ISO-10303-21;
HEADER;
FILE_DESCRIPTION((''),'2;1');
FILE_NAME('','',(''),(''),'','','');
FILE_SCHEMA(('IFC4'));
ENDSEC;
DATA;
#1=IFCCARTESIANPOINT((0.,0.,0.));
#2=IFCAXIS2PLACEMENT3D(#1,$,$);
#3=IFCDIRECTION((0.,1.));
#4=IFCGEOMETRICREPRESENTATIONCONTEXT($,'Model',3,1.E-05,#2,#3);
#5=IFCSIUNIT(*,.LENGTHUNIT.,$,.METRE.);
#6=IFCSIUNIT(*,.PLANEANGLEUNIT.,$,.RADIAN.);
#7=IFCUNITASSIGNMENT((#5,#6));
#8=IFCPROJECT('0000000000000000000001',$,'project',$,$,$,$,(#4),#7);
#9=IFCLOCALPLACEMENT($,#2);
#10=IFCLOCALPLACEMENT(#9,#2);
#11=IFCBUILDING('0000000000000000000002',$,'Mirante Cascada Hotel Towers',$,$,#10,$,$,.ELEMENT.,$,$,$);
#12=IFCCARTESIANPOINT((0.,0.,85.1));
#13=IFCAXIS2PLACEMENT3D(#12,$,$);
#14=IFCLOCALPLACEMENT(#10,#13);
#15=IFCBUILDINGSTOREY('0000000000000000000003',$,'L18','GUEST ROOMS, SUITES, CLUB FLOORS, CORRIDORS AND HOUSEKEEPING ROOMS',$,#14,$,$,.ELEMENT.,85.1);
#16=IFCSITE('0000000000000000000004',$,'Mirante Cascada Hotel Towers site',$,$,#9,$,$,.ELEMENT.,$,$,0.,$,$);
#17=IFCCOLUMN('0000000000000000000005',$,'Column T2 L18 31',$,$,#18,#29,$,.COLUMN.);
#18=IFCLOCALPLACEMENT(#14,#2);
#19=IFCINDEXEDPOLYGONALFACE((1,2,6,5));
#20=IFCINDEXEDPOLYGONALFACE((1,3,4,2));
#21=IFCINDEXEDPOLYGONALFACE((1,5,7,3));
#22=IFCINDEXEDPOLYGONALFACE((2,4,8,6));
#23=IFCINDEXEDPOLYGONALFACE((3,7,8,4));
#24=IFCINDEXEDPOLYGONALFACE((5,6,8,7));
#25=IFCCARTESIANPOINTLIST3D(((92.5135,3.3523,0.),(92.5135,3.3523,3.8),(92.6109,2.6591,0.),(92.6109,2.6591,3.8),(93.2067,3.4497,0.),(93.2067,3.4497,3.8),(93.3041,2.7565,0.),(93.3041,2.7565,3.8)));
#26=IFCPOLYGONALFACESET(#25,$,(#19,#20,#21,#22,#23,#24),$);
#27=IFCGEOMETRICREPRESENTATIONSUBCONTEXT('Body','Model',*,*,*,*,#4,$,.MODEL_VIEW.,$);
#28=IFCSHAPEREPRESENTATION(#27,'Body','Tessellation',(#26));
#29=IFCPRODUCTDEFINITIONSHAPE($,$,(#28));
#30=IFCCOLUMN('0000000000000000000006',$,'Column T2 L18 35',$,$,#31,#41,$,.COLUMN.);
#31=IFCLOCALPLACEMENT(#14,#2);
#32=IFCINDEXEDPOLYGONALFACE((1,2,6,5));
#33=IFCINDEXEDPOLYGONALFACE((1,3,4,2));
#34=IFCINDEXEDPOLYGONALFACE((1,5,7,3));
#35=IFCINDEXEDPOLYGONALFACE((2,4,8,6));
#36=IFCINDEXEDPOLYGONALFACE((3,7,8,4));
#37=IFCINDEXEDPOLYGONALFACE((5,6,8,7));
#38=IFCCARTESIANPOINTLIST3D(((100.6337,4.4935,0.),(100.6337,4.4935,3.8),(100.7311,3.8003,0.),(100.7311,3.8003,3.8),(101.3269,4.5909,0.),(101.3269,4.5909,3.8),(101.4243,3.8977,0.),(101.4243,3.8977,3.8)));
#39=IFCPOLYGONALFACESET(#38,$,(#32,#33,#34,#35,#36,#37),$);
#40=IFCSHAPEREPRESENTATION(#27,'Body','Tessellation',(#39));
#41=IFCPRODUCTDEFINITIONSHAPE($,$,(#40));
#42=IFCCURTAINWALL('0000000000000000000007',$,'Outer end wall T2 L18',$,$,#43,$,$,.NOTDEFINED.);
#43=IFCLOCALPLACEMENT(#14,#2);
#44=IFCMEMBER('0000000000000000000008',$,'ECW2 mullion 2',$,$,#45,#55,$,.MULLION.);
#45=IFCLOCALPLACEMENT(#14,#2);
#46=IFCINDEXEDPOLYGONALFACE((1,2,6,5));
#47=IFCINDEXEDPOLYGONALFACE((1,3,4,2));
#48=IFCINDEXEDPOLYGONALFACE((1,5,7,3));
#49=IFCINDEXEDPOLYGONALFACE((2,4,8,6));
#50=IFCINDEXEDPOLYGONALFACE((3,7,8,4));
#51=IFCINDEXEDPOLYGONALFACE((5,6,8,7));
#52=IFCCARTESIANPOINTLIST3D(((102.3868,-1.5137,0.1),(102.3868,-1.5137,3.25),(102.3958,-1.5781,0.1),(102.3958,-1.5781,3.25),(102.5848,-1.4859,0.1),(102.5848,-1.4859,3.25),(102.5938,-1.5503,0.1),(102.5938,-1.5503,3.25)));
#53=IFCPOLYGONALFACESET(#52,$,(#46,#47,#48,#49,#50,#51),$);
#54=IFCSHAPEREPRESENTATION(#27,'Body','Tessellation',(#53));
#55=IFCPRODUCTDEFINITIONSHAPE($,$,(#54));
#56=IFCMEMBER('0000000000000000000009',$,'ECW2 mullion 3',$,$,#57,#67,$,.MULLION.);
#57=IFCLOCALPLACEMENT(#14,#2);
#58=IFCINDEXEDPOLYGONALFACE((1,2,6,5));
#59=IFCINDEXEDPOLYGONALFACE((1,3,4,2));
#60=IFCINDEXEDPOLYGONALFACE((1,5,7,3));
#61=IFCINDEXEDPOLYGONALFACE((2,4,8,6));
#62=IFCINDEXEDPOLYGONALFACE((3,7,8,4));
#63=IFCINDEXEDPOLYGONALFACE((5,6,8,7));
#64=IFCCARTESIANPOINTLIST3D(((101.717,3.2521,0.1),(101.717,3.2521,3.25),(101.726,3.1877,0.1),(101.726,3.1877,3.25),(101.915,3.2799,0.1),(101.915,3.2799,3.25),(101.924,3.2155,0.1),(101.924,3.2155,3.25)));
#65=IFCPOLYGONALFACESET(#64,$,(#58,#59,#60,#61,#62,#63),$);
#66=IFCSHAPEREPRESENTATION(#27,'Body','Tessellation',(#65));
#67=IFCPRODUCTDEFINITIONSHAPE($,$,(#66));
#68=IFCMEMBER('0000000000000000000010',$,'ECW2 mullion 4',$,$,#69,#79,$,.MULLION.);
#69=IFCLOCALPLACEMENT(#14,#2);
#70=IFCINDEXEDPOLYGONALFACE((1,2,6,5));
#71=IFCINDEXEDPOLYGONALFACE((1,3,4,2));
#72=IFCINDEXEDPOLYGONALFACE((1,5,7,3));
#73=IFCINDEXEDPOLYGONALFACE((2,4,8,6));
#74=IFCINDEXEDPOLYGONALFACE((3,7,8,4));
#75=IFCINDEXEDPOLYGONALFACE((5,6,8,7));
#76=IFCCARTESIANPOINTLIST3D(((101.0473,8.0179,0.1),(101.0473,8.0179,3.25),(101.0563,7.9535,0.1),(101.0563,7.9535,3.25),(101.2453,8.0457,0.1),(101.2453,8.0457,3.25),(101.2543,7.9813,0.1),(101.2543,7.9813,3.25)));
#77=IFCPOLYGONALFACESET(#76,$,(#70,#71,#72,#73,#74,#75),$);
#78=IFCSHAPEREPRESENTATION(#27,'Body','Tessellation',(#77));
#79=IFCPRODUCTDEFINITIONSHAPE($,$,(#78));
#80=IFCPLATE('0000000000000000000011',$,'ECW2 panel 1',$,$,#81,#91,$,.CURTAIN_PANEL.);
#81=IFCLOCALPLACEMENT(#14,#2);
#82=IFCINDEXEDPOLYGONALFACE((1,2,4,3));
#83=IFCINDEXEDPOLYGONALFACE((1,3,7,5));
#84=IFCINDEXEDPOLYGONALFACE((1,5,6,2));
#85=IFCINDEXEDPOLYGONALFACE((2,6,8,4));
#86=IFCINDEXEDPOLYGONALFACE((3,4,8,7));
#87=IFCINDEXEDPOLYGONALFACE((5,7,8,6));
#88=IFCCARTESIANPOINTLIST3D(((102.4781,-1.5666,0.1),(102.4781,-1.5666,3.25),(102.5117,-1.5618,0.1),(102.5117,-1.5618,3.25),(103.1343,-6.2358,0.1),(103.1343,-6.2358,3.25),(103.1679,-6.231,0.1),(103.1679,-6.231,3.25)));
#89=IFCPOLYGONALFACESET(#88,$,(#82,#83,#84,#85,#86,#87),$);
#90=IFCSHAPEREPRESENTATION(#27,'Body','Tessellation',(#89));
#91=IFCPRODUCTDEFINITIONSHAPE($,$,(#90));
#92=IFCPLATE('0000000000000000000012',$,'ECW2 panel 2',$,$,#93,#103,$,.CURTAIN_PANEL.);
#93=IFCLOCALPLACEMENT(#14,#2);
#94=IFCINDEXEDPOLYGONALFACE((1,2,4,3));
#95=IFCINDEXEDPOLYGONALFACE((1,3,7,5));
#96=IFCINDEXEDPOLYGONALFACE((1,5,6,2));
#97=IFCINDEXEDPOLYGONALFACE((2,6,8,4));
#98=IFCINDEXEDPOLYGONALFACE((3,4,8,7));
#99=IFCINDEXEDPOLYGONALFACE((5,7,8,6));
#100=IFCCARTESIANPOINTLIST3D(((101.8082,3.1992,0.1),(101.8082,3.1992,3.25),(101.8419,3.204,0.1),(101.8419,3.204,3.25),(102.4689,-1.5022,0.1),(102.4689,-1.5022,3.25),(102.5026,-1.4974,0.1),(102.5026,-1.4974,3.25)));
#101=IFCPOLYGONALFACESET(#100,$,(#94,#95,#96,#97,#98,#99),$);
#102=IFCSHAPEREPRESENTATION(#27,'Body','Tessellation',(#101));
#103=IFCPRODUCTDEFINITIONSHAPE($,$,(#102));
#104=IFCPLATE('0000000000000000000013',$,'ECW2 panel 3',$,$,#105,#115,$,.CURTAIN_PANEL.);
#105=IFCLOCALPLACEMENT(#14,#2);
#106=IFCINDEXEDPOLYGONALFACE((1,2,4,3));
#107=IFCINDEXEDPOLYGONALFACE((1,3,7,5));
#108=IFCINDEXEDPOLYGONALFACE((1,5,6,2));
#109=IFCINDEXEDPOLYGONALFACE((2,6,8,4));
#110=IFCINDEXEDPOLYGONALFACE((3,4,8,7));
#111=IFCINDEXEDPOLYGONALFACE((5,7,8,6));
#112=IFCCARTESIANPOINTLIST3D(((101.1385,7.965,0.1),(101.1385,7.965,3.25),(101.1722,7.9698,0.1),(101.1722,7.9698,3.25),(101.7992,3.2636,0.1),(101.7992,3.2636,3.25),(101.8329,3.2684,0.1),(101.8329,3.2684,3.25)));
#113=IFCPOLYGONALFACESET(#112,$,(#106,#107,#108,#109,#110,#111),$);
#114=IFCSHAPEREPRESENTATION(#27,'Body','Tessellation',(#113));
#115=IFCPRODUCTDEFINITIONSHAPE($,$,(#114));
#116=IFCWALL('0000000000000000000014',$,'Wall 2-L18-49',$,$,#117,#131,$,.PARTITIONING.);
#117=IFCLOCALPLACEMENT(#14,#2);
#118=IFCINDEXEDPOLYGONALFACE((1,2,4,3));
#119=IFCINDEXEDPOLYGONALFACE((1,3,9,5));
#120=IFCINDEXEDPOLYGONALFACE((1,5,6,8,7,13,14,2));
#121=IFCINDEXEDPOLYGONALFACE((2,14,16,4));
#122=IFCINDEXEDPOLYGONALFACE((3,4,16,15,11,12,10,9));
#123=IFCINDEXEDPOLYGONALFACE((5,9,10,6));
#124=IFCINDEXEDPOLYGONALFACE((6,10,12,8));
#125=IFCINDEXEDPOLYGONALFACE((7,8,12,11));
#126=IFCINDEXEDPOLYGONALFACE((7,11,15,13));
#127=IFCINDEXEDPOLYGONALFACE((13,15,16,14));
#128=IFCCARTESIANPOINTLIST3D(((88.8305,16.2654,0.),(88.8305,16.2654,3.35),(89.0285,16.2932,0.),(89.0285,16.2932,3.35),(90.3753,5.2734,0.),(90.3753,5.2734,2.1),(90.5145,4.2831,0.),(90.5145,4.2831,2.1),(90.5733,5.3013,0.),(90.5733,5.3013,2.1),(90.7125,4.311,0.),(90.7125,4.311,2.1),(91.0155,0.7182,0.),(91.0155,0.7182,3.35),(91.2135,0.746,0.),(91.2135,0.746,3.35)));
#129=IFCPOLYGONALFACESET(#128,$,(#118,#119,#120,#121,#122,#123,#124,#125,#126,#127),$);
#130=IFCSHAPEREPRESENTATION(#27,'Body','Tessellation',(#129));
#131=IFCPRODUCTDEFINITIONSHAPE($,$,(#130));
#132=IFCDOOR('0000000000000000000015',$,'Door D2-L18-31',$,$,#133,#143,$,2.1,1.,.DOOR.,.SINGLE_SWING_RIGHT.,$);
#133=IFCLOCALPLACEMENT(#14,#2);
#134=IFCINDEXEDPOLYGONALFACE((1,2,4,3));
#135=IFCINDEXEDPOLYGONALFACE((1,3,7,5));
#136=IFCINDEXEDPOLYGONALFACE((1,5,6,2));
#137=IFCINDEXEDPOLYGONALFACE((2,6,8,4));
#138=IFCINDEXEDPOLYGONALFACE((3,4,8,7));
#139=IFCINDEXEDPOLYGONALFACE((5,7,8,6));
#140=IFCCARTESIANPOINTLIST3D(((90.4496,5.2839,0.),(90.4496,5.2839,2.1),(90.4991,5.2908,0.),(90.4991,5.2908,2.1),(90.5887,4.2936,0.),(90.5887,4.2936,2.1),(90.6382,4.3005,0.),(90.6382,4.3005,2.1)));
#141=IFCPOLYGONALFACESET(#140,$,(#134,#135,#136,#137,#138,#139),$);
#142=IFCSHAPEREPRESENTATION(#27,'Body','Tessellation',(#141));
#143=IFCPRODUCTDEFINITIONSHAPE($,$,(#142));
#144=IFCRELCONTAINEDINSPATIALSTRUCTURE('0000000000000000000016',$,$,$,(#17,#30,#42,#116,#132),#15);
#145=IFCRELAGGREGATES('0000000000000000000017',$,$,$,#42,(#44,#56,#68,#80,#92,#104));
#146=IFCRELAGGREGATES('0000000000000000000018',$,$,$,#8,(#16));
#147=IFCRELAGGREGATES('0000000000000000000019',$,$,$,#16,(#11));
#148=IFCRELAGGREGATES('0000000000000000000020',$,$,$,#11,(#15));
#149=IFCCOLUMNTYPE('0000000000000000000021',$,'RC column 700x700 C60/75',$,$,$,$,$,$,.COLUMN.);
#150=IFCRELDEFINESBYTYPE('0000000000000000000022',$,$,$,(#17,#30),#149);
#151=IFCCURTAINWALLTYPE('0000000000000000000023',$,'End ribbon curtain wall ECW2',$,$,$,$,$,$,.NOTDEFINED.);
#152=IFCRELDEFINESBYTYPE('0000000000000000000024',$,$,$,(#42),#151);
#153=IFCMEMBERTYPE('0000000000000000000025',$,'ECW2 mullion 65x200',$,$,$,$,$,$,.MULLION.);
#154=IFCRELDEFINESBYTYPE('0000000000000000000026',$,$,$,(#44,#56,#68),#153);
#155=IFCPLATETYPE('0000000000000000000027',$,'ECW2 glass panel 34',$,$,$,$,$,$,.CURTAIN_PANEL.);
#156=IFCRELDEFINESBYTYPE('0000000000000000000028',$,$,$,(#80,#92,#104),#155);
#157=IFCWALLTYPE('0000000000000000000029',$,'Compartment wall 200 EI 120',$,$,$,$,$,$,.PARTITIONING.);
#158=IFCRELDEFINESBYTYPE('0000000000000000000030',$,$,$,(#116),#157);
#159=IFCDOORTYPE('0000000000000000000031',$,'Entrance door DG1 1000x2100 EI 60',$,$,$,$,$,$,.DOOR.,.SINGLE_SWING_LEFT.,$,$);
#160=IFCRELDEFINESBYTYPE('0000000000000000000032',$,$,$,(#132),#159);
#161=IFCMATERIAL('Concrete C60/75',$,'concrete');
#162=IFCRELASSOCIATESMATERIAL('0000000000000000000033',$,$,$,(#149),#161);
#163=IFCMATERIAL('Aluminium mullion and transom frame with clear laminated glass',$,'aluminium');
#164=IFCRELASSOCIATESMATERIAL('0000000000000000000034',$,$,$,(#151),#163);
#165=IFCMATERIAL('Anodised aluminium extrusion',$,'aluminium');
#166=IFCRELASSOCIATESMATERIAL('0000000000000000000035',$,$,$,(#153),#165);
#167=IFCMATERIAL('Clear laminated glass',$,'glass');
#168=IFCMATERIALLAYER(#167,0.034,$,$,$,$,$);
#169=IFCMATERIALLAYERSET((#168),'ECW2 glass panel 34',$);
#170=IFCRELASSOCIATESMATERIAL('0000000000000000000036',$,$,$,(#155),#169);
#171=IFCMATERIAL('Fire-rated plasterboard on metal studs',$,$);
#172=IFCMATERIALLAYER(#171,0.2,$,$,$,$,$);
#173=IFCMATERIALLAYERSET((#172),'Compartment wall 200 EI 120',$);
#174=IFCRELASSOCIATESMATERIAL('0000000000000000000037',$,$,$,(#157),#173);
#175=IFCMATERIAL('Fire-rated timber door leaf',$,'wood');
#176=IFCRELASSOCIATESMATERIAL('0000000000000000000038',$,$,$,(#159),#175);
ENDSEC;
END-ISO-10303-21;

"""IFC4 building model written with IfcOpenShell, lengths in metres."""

from ifc_helpers import new_model, si_unit, direction, frame, frame_2d, origin, origin_2d, place, context, subcontext, project, spatial, rectangle, extrude, material, layer, layer_set, material_profile, profile_set, type_object, element, fill, aggregate, save


model = new_model("IFC4")

# Units and contexts
model_context = context("Model", 3, precision=1e-05, world=origin(), true_north=direction((0.0, 1.0)))
body_context = subcontext(model_context, "Body", "Model", "MODEL_VIEW")
ifc_project = project(units=[si_unit("LENGTHUNIT", "METRE"), si_unit("PLANEANGLEUNIT", "RADIAN")], contexts=[model_context])

# Site, building, storey
site_placement = place(None, origin())
site = spatial("IfcSite", under=ifc_project, at=site_placement, Name="Mirante Cascada Hotel Towers site", CompositionType="ELEMENT", RefElevation=0.0)
building_placement = place(site_placement, origin())
building = spatial("IfcBuilding", under=site, at=building_placement, Name="Mirante Cascada Hotel Towers", CompositionType="ELEMENT")
storey_placement = place(building_placement, frame((0.0, 0.0, 85.1)))
storey = spatial("IfcBuildingStorey", under=building, at=storey_placement, Name="L18", Description="GUEST ROOMS, SUITES, CLUB FLOORS, CORRIDORS AND HOUSEKEEPING ROOMS", CompositionType="ELEMENT", Elevation=85.1)

# Columns
ifc_material_1 = material(Name="Concrete C60/75", Category="concrete")
ifc_material_profile_1 = material_profile(ifc_material_1, rectangle(XDim=0.7, YDim=0.7, at=origin_2d()), Name="RC column 700x700 C60/75")
ifc_profile_set_1 = profile_set([ifc_material_profile_1], Name="Concrete C60/75")
column_type = type_object("IfcColumnType", Name="RC column 700x700 C60/75", PredefinedType="COLUMN", material=ifc_profile_set_1)
for number, where, z_axis, x_axis, name in (
    (1, (92.9088, 3.0544, 0.0), (0.0, 0.0, 1.0), (0.990268, 0.139173, 0.0), "Column T2 L18 31"),
    (2, (101.029, 4.1956, 0.0), (0.0, 0.0, 1.0), (0.990268, 0.139173, 0.0), "Column T2 L18 35"),
):
    element("IfcColumn", number, at=place(storey_placement, frame(where, z_axis=z_axis, x_axis=x_axis)), inside=storey, type_object=column_type, Name=name, PredefinedType="COLUMN", context=body_context, shape_type="SweptSolid", body=[
        extrude(rectangle(XDim=0.7, YDim=0.7, at=origin_2d()), origin(), (0.0, 0.0, 1.0), 3.8),
    ])

# Curtain wall, members, plates
ifc_material_2 = material(Name="Aluminium mullion and transom frame with clear laminated glass", Category="aluminium")
curtain_wall_type = type_object("IfcCurtainWallType", Name="End ribbon curtain wall ECW2", PredefinedType="NOTDEFINED", material=ifc_material_2)
curtain_wall_placement = place(storey_placement, origin())
curtain_wall = element("IfcCurtainWall", 3, at=curtain_wall_placement, inside=storey, type_object=curtain_wall_type, Name="Outer end wall T2 L18", PredefinedType="NOTDEFINED")
ifc_material_3 = material(Name="Anodised aluminium extrusion", Category="aluminium")
ifc_material_profile_2 = material_profile(ifc_material_3, rectangle(XDim=0.2, YDim=0.065, at=origin_2d()), Name="ECW2 MULLION 65x200")
ifc_profile_set_2 = profile_set([ifc_material_profile_2], Name="Anodised aluminium extrusion")
member_type = type_object("IfcMemberType", Name="ECW2 mullion 65x200", PredefinedType="MULLION", material=ifc_profile_set_2)
member_1_placement = place(storey_placement, frame((102.4903, -1.532, 0.1), z_axis=(0.0, 0.0, 1.0), x_axis=(-0.990268, -0.139173, 0.0)))
member_1 = element("IfcMember", 4, at=member_1_placement, type_object=member_type, Name="ECW2 mullion 2", PredefinedType="MULLION", context=body_context, shape_type="SweptSolid", body=[
    extrude(rectangle(XDim=0.2, YDim=0.065, at=origin_2d()), origin(), (0.0, 0.0, 1.0), 3.15),
])
member_2_placement = place(storey_placement, frame((101.8205, 3.2338, 0.1), z_axis=(0.0, 0.0, 1.0), x_axis=(-0.990268, -0.139173, 0.0)))
member_2 = element("IfcMember", 5, at=member_2_placement, type_object=member_type, Name="ECW2 mullion 3", PredefinedType="MULLION", context=body_context, shape_type="SweptSolid", body=[
    extrude(rectangle(XDim=0.2, YDim=0.065, at=origin_2d()), origin(), (0.0, 0.0, 1.0), 3.15),
])
member_3_placement = place(storey_placement, frame((101.1508, 7.9996, 0.1), z_axis=(0.0, 0.0, 1.0), x_axis=(-0.990268, -0.139173, 0.0)))
member_3 = element("IfcMember", 6, at=member_3_placement, type_object=member_type, Name="ECW2 mullion 4", PredefinedType="MULLION", context=body_context, shape_type="SweptSolid", body=[
    extrude(rectangle(XDim=0.2, YDim=0.065, at=origin_2d()), origin(), (0.0, 0.0, 1.0), 3.15),
])
ifc_material_4 = material(Name="Clear laminated glass", Category="glass")
ifc_layer_1 = layer(ifc_material_4, 0.034)
ifc_layer_set_1 = layer_set([ifc_layer_1], Name="ECW2 glass panel 34")
plate_type = type_object("IfcPlateType", Name="ECW2 glass panel 34", PredefinedType="CURTAIN_PANEL", material=ifc_layer_set_1)
plate_1_placement = place(storey_placement, frame((102.823, -3.8988, 0.1), z_axis=(0.0, 0.0, 1.0), x_axis=(-0.139173, 0.990268, 0.0)))
plate_1 = element("IfcPlate", 7, at=plate_1_placement, type_object=plate_type, Name="ECW2 panel 1", PredefinedType="CURTAIN_PANEL", context=body_context, shape_type="SweptSolid", body=[
    extrude(rectangle(XDim=4.7151, YDim=0.034, at=origin_2d()), origin(), (0.0, 0.0, 1.0), 3.15),
])
plate_2_placement = place(storey_placement, frame((102.1554, 0.8509, 0.1), z_axis=(0.0, 0.0, 1.0), x_axis=(-0.139173, 0.990268, 0.0)))
plate_2 = element("IfcPlate", 8, at=plate_2_placement, type_object=plate_type, Name="ECW2 panel 2", PredefinedType="CURTAIN_PANEL", context=body_context, shape_type="SweptSolid", body=[
    extrude(rectangle(XDim=4.7476, YDim=0.034, at=origin_2d()), origin(), (0.0, 0.0, 1.0), 3.15),
])
plate_3_placement = place(storey_placement, frame((101.4857, 5.6167, 0.1), z_axis=(0.0, 0.0, 1.0), x_axis=(-0.139173, 0.990268, 0.0)))
plate_3 = element("IfcPlate", 9, at=plate_3_placement, type_object=plate_type, Name="ECW2 panel 3", PredefinedType="CURTAIN_PANEL", context=body_context, shape_type="SweptSolid", body=[
    extrude(rectangle(XDim=4.7476, YDim=0.034, at=origin_2d()), origin(), (0.0, 0.0, 1.0), 3.15),
])
aggregate(curtain_wall, [member_1, member_2, member_3, plate_1, plate_2, plate_3])

# Wall, opening, door
ifc_material_5 = material(Name="Fire-rated plasterboard on metal studs")
ifc_layer_2 = layer(ifc_material_5, 0.2)
ifc_layer_set_2 = layer_set([ifc_layer_2], Name="Compartment wall 200 EI 120")
wall_type_1 = type_object("IfcWallType", Name="Compartment wall 200 EI 120", PredefinedType="PARTITIONING", material=ifc_layer_set_2)
wall_1_placement = place(storey_placement, frame((91.1145, 0.7321, 0.0), z_axis=(0.0, 0.0, 1.0), x_axis=(-0.139172, 0.990268, 0.0)))
wall_1 = element("IfcWall", 10, at=wall_1_placement, inside=storey, type_object=wall_type_1, Name="Wall 2-L18-49", PredefinedType="PARTITIONING", context=body_context, shape_type="SweptSolid", body=[
    extrude(rectangle(XDim=15.7, YDim=0.2, at=frame_2d((7.85, 0.0))), origin(), (0.0, 0.0, 1.0), 3.35),
])
opening_1_placement = place(wall_1_placement, frame((3.6, 0.0, 0.0)))
opening_1 = element("IfcOpeningElement", 11, at=opening_1_placement, cuts=wall_1, PredefinedType="OPENING", context=body_context, shape_type="SweptSolid", body=[
    extrude(rectangle(XDim=1.0, YDim=2.1, at=frame_2d((0.5, 1.05))), frame((0.0, 0.1, 0.0), z_axis=(0.0, -1.0, 0.0), x_axis=(1.0, 0.0, 0.0)), (0.0, 0.0, 1.0), 0.2),
])
ifc_material_6 = material(Name="Fire-rated timber door leaf", Category="wood")
door_type_1 = type_object("IfcDoorType", Name="Entrance door DG1 1000x2100 EI 60", OperationType="SINGLE_SWING_LEFT", PredefinedType="DOOR", material=ifc_material_6)
door_1_placement = place(opening_1_placement, frame((1.0, 0.0, 0.0), z_axis=(0.0, 0.0, 1.0), x_axis=(-1.0, 0.0, 0.0)))
door_1 = element("IfcDoor", 12, at=door_1_placement, inside=storey, type_object=door_type_1, Name="Door D2-L18-31", OperationType="SINGLE_SWING_RIGHT", OverallHeight=2.1, OverallWidth=1.0, PredefinedType="DOOR", context=body_context, shape_type="SweptSolid", body=[
    extrude(rectangle(XDim=1.0, YDim=2.1, at=frame_2d((0.5, 1.05))), frame((0.0, 0.025, 0.0), z_axis=(0.0, -1.0, 0.0), x_axis=(1.0, 0.0, 0.0)), (0.0, 0.0, 1.0), 0.05),
])
fill(opening_1, door_1)

save(model, "model.ifc")
